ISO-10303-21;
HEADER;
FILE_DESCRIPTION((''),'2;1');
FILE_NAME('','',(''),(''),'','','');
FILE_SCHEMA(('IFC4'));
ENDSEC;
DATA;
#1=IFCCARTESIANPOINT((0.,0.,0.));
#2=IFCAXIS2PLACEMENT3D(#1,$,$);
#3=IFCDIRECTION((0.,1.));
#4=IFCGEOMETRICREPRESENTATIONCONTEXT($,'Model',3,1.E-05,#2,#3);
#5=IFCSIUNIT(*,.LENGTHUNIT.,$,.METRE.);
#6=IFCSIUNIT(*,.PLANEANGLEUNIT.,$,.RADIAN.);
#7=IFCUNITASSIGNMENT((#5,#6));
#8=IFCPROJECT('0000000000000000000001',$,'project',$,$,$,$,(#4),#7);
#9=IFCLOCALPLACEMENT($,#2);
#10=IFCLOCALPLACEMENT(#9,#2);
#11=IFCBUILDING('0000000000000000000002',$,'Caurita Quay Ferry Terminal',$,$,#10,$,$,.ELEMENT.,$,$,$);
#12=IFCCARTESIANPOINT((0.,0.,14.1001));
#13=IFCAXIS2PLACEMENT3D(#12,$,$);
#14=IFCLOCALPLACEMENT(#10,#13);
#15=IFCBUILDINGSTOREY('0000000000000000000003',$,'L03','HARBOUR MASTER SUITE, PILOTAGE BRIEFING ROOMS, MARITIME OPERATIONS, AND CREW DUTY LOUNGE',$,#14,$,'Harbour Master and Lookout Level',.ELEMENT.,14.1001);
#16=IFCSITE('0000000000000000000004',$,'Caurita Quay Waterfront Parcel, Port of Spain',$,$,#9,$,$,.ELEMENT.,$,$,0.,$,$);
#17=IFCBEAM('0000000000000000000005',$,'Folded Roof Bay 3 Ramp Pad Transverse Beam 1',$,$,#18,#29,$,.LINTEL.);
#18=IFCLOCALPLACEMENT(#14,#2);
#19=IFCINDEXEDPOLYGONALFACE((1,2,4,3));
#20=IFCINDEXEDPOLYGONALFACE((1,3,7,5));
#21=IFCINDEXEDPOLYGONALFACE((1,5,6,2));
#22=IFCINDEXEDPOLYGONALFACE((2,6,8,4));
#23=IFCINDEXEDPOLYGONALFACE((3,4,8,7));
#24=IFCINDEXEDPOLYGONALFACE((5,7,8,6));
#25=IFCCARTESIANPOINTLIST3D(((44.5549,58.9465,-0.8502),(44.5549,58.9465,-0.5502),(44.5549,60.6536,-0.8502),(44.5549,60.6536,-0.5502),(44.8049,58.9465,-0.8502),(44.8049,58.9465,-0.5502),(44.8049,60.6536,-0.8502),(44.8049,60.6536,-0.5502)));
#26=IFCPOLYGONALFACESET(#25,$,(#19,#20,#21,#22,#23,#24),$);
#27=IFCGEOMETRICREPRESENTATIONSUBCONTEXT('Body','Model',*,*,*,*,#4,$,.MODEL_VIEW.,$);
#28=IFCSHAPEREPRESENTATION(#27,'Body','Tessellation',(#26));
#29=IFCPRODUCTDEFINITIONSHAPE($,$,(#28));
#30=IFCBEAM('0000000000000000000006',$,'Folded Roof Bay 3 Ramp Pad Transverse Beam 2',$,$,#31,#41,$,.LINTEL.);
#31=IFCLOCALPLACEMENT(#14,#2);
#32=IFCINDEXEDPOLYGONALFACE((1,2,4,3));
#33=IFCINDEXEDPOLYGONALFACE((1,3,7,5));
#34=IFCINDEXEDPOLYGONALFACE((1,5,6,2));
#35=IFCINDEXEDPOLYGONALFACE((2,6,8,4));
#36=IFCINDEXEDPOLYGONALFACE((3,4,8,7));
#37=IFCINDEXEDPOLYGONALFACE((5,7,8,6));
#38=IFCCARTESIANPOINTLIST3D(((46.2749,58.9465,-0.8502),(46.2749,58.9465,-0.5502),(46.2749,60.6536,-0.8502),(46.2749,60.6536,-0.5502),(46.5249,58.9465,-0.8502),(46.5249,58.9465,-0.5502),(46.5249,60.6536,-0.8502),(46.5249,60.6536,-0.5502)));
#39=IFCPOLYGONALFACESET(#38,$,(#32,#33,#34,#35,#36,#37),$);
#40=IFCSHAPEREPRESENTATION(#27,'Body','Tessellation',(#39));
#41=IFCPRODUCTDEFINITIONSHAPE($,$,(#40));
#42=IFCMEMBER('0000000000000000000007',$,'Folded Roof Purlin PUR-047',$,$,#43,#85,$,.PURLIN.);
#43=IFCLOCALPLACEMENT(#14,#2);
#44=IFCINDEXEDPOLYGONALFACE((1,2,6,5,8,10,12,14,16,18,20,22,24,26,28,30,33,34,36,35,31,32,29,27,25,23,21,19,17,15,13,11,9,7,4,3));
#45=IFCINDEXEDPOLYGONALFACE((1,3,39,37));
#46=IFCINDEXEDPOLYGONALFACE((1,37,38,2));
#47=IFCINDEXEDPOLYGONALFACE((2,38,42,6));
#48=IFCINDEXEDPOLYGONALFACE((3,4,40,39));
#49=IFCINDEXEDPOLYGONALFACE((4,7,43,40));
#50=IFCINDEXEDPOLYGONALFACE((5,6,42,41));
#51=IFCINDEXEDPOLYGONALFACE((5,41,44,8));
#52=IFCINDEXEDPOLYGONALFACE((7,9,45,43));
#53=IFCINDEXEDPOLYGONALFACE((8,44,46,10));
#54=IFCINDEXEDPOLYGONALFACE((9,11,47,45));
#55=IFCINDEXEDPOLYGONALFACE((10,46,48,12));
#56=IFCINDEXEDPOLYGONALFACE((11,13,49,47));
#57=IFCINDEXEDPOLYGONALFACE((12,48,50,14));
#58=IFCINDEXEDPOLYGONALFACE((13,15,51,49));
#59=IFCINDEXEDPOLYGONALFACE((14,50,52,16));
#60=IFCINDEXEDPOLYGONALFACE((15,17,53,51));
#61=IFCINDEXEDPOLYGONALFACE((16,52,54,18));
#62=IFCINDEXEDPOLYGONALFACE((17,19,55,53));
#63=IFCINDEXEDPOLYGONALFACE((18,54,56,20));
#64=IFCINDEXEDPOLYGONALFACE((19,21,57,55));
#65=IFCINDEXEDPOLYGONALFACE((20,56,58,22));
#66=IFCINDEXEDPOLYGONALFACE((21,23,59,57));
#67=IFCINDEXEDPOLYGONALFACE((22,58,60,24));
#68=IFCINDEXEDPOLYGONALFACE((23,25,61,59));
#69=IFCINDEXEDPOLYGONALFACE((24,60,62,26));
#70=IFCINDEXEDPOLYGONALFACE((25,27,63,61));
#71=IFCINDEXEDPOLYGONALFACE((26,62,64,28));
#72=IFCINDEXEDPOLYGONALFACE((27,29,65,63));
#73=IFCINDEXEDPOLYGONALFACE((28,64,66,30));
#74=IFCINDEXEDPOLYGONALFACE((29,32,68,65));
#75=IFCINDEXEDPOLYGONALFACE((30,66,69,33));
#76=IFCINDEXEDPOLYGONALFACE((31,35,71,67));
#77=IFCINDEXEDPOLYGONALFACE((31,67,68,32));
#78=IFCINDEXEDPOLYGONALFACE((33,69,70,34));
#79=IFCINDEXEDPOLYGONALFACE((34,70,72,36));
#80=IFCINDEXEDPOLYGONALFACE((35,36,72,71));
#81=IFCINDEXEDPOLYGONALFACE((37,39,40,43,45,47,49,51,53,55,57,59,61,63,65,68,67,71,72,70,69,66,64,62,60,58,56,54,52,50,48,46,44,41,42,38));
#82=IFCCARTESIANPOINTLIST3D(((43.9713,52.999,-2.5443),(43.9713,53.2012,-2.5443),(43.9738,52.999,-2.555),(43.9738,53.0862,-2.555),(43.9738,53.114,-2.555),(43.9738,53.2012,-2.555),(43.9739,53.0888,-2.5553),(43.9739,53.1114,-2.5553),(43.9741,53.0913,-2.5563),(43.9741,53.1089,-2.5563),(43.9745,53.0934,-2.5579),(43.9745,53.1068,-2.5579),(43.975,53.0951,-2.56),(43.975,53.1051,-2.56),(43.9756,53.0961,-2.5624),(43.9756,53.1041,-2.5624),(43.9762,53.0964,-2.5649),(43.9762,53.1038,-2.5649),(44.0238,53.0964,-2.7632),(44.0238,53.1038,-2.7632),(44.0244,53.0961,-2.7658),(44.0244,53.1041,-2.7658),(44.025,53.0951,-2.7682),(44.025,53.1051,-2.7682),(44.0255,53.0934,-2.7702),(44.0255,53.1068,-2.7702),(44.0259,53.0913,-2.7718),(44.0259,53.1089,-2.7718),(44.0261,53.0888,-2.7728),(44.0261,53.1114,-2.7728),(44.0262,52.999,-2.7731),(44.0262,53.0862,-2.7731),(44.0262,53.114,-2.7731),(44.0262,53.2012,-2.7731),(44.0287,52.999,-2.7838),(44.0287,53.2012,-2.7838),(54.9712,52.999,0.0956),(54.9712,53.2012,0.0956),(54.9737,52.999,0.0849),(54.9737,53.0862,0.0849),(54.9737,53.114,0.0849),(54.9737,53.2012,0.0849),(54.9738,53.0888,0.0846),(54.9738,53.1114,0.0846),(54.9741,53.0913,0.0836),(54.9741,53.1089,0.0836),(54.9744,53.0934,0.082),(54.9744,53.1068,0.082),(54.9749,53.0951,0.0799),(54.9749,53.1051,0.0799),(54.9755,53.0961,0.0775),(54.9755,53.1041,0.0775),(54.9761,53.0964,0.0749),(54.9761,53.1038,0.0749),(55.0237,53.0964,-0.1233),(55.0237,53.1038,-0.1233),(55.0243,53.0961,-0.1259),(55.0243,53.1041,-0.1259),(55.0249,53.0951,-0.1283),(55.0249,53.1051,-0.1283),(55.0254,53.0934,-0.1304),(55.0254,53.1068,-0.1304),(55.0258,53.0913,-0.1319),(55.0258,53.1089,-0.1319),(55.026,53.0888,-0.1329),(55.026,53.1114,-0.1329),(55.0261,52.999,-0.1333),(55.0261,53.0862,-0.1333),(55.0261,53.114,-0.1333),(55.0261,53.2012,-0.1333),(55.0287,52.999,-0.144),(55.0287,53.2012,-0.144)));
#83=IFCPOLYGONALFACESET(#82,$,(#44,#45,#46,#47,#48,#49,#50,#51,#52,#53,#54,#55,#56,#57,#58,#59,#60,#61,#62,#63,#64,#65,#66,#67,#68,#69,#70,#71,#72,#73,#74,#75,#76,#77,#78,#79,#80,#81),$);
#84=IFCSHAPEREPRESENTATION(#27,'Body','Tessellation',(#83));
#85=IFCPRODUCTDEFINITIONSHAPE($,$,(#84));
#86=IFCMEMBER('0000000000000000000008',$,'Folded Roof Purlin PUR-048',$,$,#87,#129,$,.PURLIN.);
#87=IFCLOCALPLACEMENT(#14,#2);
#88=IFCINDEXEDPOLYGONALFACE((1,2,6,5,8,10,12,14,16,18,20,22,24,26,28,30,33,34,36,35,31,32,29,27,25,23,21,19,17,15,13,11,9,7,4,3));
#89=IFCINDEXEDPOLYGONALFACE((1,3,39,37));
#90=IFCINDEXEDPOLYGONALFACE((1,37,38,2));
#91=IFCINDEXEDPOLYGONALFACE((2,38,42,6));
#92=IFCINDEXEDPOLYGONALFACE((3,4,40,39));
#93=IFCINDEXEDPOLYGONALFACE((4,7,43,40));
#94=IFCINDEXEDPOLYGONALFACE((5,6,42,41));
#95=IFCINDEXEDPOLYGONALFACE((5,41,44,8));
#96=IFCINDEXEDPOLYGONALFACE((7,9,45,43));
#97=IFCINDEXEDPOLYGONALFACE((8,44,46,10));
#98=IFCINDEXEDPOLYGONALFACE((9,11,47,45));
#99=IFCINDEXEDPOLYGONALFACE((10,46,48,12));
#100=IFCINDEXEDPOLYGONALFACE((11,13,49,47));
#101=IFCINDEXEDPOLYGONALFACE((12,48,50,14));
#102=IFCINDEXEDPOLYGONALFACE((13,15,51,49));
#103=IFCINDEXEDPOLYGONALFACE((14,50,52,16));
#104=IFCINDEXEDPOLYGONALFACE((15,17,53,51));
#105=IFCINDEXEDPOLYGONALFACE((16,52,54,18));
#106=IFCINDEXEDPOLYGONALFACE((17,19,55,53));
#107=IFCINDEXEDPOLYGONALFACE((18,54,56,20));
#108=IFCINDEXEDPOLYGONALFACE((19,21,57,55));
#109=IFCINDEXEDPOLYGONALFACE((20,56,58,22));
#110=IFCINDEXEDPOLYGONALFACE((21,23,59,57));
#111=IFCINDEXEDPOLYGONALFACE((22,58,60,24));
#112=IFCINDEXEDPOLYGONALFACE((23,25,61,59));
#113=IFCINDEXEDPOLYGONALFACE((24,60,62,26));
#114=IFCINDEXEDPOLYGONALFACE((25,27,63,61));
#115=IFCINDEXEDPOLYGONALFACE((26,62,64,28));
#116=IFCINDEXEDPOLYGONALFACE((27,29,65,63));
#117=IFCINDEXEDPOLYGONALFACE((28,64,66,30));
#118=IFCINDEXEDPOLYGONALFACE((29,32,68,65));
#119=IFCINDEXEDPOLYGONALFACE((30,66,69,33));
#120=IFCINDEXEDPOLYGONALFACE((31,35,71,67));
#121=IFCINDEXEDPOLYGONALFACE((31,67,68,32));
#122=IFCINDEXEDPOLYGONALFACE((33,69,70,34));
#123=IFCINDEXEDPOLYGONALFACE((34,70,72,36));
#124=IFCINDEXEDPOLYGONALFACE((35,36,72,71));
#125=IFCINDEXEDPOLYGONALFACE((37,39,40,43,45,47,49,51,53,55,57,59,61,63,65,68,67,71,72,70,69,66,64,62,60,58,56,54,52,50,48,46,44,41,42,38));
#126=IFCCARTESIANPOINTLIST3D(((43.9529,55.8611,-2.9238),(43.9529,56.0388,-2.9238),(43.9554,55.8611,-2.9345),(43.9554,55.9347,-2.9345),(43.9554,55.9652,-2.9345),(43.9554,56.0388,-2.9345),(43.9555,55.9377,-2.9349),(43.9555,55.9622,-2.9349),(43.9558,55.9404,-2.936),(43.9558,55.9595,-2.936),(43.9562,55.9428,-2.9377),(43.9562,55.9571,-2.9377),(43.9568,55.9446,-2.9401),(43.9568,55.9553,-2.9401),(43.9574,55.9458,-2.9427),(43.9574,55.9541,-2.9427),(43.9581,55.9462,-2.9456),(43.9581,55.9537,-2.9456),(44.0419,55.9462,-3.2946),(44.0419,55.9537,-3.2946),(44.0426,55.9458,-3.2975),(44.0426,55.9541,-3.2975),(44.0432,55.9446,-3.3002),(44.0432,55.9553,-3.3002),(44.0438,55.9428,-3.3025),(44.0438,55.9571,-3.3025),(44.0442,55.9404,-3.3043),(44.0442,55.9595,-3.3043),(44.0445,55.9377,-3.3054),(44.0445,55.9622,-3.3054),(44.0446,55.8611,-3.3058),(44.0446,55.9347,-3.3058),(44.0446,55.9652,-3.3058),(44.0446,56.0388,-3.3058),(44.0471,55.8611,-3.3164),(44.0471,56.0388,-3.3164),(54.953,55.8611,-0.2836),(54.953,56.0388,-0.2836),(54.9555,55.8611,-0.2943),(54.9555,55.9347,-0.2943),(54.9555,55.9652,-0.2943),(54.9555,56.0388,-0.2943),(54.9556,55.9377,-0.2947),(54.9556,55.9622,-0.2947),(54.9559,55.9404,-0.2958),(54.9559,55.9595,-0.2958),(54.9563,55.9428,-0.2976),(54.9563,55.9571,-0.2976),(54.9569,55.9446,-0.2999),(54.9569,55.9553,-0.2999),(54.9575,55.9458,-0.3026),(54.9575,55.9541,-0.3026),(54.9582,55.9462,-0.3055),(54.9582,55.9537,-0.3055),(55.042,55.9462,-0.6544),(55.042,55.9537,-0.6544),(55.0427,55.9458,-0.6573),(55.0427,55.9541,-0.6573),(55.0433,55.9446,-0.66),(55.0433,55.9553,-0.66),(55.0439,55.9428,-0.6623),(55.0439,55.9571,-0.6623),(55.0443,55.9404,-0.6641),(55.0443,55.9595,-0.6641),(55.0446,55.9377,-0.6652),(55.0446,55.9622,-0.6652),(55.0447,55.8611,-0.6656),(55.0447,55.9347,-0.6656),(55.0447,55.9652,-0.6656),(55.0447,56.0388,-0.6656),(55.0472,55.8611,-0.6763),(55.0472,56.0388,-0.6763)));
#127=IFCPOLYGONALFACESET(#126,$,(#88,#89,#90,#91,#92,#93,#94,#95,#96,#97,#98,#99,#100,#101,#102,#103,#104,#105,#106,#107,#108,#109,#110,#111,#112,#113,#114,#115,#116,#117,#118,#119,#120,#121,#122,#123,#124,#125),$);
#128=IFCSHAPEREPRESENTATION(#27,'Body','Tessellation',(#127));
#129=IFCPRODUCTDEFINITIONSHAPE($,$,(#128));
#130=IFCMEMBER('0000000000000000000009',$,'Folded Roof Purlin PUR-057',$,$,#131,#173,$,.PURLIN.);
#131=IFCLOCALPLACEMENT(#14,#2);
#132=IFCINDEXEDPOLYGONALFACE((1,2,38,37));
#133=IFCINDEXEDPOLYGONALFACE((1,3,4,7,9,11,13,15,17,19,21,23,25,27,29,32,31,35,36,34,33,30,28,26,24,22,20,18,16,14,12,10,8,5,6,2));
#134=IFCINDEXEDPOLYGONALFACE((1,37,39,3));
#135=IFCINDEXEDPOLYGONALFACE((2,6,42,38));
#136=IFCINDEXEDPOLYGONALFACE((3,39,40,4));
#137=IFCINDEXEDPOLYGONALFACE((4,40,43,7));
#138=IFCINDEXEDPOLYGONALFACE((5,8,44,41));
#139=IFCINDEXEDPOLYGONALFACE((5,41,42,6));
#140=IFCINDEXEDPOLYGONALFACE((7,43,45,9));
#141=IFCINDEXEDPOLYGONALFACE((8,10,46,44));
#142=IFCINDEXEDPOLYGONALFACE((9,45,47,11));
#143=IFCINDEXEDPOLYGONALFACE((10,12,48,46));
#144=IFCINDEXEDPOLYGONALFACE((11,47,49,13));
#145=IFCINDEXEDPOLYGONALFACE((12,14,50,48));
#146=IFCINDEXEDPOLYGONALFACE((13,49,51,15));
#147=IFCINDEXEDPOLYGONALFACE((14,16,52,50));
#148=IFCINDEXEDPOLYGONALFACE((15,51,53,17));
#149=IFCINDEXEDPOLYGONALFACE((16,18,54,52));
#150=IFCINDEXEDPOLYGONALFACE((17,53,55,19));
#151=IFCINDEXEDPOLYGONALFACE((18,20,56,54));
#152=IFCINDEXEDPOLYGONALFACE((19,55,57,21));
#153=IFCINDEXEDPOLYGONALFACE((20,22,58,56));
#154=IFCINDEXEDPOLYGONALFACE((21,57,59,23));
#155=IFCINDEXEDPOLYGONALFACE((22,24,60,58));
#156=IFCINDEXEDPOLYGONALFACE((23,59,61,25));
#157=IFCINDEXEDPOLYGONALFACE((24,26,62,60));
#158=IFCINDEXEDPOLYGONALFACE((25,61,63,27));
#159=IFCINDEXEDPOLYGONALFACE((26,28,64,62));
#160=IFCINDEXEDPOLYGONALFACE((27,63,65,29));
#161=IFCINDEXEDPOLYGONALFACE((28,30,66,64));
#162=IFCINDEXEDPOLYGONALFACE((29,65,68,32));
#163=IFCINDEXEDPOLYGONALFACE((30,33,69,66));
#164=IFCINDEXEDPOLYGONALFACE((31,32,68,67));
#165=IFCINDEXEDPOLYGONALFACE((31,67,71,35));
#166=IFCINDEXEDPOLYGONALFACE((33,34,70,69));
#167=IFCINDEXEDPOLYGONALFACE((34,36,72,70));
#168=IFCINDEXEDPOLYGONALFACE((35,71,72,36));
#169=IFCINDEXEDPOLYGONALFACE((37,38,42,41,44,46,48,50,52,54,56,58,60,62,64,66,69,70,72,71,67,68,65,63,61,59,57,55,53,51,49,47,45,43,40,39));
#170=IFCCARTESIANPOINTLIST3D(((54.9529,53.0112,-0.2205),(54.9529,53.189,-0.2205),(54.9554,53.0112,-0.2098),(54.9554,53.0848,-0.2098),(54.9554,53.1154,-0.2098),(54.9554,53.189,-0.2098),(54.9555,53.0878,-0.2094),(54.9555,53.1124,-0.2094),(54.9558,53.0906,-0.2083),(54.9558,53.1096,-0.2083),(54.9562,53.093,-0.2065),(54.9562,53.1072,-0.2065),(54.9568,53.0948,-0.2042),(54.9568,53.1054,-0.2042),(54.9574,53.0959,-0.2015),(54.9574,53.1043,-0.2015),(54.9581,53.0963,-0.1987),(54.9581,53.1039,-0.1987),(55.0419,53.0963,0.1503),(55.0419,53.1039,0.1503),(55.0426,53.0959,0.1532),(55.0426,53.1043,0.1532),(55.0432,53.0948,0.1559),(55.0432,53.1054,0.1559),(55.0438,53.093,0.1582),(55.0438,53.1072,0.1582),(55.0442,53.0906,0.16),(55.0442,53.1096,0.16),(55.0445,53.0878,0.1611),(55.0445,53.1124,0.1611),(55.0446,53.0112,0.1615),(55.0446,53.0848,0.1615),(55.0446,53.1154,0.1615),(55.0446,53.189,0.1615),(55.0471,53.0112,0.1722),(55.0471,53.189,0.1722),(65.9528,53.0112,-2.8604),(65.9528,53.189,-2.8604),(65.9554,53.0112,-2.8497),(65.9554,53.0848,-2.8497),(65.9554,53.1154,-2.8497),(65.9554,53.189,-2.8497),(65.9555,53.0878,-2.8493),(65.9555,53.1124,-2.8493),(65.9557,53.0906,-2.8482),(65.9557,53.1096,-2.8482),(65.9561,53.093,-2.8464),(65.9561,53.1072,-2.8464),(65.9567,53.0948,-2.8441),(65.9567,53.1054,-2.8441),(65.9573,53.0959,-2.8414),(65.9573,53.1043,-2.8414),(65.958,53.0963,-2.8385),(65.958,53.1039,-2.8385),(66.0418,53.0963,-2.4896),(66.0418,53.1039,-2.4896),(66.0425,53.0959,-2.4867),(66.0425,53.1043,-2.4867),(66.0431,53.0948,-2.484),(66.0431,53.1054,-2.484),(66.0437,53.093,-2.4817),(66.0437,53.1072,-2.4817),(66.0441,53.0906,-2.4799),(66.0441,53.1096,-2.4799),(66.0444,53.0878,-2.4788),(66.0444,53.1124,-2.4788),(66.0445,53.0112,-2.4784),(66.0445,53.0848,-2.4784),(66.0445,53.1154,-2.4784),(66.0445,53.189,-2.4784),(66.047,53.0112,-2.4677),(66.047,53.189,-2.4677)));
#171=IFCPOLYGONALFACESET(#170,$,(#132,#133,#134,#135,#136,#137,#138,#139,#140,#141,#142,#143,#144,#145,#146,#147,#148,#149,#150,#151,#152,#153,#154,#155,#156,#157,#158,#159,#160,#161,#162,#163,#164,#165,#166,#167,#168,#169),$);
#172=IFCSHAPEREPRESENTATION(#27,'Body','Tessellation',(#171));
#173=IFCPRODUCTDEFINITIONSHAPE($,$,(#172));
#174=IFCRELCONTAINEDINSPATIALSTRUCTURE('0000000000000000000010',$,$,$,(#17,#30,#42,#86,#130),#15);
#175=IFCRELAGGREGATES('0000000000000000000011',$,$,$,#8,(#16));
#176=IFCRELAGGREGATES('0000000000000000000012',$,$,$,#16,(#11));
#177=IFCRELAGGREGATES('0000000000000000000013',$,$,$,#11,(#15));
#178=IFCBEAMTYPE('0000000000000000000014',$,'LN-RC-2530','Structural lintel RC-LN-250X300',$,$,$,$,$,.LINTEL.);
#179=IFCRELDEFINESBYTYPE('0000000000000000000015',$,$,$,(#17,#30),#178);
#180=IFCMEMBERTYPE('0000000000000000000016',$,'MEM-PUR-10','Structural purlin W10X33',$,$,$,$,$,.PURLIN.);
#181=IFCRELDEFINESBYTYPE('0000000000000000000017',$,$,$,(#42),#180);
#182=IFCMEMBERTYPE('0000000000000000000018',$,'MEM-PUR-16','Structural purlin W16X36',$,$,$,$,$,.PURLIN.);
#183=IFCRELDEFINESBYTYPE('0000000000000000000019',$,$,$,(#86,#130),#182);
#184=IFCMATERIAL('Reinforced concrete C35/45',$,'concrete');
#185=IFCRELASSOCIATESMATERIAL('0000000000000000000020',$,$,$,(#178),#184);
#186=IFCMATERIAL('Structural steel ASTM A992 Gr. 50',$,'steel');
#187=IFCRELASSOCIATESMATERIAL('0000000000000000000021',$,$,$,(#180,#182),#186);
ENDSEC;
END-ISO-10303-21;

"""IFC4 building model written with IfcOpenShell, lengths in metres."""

from ifc_helpers import new_model, si_unit, direction, frame, origin, origin_2d, place, context, subcontext, project, spatial, rectangle, i_section, extrude, material, material_profile, profile_set, type_object, element, save


model = new_model("IFC4")

# Units and contexts
model_context = context("Model", 3, precision=1e-05, world=origin(), true_north=direction((0.0, 1.0)))
body_context = subcontext(model_context, "Body", "Model", "MODEL_VIEW")
ifc_project = project(units=[si_unit("LENGTHUNIT", "METRE"), si_unit("PLANEANGLEUNIT", "RADIAN")], contexts=[model_context])

# Site, building, storey
site_placement = place(None, origin())
site = spatial("IfcSite", under=ifc_project, at=site_placement, Name="Caurita Quay Waterfront Parcel, Port of Spain", CompositionType="ELEMENT", RefElevation=0.0)
building_placement = place(site_placement, origin())
building = spatial("IfcBuilding", under=site, at=building_placement, Name="Caurita Quay Ferry Terminal", CompositionType="ELEMENT")
storey_placement = place(building_placement, frame((0.0, 0.0, 14.1001)))
storey = spatial("IfcBuildingStorey", under=building, at=storey_placement, Name="L03", Description="HARBOUR MASTER SUITE, PILOTAGE BRIEFING ROOMS, MARITIME OPERATIONS, AND CREW DUTY LOUNGE", LongName="Harbour Master and Lookout Level", CompositionType="ELEMENT", Elevation=14.1001)

# Beams
ifc_material_1 = material(Name="Structural steel ASTM A992 Gr. 50", Category="steel")
ifc_material_2 = material(Name="Reinforced concrete C35/45", Category="concrete")
ifc_material_profile_1 = material_profile(ifc_material_2, rectangle(XDim=0.25, YDim=0.3, at=origin_2d()), Name="RC-LN-250X300")
ifc_profile_set_1 = profile_set([ifc_material_profile_1], Name="Reinforced concrete C35/45")
beam_type_1 = type_object("IfcBeamType", Name="LN-RC-2530", Description="Structural lintel RC-LN-250X300", PredefinedType="LINTEL", material=ifc_profile_set_1)
for number, where, z_axis, x_axis, name in (
    (1, (44.6799, 58.9465, -0.7002), (0.0, 1.0, 0.0), (-1.0, 0.0, 0.0), "Folded Roof Bay 3 Ramp Pad Transverse Beam 1"),
    (2, (46.3999, 58.9465, -0.7002), (0.0, 1.0, 0.0), (-1.0, 0.0, 0.0), "Folded Roof Bay 3 Ramp Pad Transverse Beam 2"),
):
    element("IfcBeam", number, at=place(storey_placement, frame(where, z_axis=z_axis, x_axis=x_axis)), inside=storey, type_object=beam_type_1, Name=name, PredefinedType="LINTEL", context=body_context, shape_type="SweptSolid", body=[
        extrude(rectangle(XDim=0.25, YDim=0.3, at=origin_2d()), origin(), (0.0, 0.0, 1.0), 1.707),
    ])

# Members
ifc_material_profile_2 = material_profile(ifc_material_1, i_section(OverallWidth=0.2021, OverallDepth=0.2463, WebThickness=0.0073, FlangeThickness=0.011, FilletRadius=0.0103, at=origin_2d()), Name="W10X33")
ifc_profile_set_2 = profile_set([ifc_material_profile_2], Name="Structural steel ASTM A992 Gr. 50")
member_type_1 = type_object("IfcMemberType", Name="MEM-PUR-10", Description="Structural purlin W10X33", PredefinedType="PURLIN", material=ifc_profile_set_2)
member_1_placement = place(storey_placement, frame((44.0, 53.1001, -2.6641), z_axis=(0.972389, 0.0, 0.233364), x_axis=(0.0, 1.0, 0.0)))
element("IfcMember", 3, at=member_1_placement, inside=storey, type_object=member_type_1, Name="Folded Roof Purlin PUR-047", PredefinedType="PURLIN", context=body_context, shape_type="SweptSolid", body=[
    extrude(i_section(OverallWidth=0.2021, OverallDepth=0.2463, WebThickness=0.0073, FlangeThickness=0.011, FilletRadius=0.0103, at=origin_2d()), origin(), (0.0, 0.0, 1.0), 11.3123),
])
ifc_material_profile_3 = material_profile(ifc_material_1, i_section(OverallWidth=0.1777, OverallDepth=0.4038, WebThickness=0.0076, FlangeThickness=0.011, FilletRadius=0.0115, at=origin_2d()), Name="W16X36")
ifc_profile_set_3 = profile_set([ifc_material_profile_3], Name="Structural steel ASTM A992 Gr. 50")
member_type_2 = type_object("IfcMemberType", Name="MEM-PUR-16", Description="Structural purlin W16X36", PredefinedType="PURLIN", material=ifc_profile_set_3)
member_2_placement = place(storey_placement, frame((44.0, 55.95, -3.1201), z_axis=(0.972385, 0.0, 0.233384), x_axis=(0.0, 1.0, 0.0)))
element("IfcMember", 4, at=member_2_placement, inside=storey, type_object=member_type_2, Name="Folded Roof Purlin PUR-048", PredefinedType="PURLIN", context=body_context, shape_type="SweptSolid", body=[
    extrude(i_section(OverallWidth=0.1777, OverallDepth=0.4038, WebThickness=0.0076, FlangeThickness=0.011, FilletRadius=0.0115, at=origin_2d()), origin(), (0.0, 0.0, 1.0), 11.3125),
])
member_3_placement = place(storey_placement, frame((55.0, 53.1001, -0.0242), z_axis=(0.972389, 0.0, -0.233364), x_axis=(0.0, 1.0, 0.0)))
element("IfcMember", 5, at=member_3_placement, inside=storey, type_object=member_type_2, Name="Folded Roof Purlin PUR-057", PredefinedType="PURLIN", context=body_context, shape_type="SweptSolid", body=[
    extrude(i_section(OverallWidth=0.1777, OverallDepth=0.4038, WebThickness=0.0076, FlangeThickness=0.011, FilletRadius=0.0115, at=origin_2d()), origin(), (0.0, 0.0, 1.0), 11.3123),
])

save(model, "model.ifc")
